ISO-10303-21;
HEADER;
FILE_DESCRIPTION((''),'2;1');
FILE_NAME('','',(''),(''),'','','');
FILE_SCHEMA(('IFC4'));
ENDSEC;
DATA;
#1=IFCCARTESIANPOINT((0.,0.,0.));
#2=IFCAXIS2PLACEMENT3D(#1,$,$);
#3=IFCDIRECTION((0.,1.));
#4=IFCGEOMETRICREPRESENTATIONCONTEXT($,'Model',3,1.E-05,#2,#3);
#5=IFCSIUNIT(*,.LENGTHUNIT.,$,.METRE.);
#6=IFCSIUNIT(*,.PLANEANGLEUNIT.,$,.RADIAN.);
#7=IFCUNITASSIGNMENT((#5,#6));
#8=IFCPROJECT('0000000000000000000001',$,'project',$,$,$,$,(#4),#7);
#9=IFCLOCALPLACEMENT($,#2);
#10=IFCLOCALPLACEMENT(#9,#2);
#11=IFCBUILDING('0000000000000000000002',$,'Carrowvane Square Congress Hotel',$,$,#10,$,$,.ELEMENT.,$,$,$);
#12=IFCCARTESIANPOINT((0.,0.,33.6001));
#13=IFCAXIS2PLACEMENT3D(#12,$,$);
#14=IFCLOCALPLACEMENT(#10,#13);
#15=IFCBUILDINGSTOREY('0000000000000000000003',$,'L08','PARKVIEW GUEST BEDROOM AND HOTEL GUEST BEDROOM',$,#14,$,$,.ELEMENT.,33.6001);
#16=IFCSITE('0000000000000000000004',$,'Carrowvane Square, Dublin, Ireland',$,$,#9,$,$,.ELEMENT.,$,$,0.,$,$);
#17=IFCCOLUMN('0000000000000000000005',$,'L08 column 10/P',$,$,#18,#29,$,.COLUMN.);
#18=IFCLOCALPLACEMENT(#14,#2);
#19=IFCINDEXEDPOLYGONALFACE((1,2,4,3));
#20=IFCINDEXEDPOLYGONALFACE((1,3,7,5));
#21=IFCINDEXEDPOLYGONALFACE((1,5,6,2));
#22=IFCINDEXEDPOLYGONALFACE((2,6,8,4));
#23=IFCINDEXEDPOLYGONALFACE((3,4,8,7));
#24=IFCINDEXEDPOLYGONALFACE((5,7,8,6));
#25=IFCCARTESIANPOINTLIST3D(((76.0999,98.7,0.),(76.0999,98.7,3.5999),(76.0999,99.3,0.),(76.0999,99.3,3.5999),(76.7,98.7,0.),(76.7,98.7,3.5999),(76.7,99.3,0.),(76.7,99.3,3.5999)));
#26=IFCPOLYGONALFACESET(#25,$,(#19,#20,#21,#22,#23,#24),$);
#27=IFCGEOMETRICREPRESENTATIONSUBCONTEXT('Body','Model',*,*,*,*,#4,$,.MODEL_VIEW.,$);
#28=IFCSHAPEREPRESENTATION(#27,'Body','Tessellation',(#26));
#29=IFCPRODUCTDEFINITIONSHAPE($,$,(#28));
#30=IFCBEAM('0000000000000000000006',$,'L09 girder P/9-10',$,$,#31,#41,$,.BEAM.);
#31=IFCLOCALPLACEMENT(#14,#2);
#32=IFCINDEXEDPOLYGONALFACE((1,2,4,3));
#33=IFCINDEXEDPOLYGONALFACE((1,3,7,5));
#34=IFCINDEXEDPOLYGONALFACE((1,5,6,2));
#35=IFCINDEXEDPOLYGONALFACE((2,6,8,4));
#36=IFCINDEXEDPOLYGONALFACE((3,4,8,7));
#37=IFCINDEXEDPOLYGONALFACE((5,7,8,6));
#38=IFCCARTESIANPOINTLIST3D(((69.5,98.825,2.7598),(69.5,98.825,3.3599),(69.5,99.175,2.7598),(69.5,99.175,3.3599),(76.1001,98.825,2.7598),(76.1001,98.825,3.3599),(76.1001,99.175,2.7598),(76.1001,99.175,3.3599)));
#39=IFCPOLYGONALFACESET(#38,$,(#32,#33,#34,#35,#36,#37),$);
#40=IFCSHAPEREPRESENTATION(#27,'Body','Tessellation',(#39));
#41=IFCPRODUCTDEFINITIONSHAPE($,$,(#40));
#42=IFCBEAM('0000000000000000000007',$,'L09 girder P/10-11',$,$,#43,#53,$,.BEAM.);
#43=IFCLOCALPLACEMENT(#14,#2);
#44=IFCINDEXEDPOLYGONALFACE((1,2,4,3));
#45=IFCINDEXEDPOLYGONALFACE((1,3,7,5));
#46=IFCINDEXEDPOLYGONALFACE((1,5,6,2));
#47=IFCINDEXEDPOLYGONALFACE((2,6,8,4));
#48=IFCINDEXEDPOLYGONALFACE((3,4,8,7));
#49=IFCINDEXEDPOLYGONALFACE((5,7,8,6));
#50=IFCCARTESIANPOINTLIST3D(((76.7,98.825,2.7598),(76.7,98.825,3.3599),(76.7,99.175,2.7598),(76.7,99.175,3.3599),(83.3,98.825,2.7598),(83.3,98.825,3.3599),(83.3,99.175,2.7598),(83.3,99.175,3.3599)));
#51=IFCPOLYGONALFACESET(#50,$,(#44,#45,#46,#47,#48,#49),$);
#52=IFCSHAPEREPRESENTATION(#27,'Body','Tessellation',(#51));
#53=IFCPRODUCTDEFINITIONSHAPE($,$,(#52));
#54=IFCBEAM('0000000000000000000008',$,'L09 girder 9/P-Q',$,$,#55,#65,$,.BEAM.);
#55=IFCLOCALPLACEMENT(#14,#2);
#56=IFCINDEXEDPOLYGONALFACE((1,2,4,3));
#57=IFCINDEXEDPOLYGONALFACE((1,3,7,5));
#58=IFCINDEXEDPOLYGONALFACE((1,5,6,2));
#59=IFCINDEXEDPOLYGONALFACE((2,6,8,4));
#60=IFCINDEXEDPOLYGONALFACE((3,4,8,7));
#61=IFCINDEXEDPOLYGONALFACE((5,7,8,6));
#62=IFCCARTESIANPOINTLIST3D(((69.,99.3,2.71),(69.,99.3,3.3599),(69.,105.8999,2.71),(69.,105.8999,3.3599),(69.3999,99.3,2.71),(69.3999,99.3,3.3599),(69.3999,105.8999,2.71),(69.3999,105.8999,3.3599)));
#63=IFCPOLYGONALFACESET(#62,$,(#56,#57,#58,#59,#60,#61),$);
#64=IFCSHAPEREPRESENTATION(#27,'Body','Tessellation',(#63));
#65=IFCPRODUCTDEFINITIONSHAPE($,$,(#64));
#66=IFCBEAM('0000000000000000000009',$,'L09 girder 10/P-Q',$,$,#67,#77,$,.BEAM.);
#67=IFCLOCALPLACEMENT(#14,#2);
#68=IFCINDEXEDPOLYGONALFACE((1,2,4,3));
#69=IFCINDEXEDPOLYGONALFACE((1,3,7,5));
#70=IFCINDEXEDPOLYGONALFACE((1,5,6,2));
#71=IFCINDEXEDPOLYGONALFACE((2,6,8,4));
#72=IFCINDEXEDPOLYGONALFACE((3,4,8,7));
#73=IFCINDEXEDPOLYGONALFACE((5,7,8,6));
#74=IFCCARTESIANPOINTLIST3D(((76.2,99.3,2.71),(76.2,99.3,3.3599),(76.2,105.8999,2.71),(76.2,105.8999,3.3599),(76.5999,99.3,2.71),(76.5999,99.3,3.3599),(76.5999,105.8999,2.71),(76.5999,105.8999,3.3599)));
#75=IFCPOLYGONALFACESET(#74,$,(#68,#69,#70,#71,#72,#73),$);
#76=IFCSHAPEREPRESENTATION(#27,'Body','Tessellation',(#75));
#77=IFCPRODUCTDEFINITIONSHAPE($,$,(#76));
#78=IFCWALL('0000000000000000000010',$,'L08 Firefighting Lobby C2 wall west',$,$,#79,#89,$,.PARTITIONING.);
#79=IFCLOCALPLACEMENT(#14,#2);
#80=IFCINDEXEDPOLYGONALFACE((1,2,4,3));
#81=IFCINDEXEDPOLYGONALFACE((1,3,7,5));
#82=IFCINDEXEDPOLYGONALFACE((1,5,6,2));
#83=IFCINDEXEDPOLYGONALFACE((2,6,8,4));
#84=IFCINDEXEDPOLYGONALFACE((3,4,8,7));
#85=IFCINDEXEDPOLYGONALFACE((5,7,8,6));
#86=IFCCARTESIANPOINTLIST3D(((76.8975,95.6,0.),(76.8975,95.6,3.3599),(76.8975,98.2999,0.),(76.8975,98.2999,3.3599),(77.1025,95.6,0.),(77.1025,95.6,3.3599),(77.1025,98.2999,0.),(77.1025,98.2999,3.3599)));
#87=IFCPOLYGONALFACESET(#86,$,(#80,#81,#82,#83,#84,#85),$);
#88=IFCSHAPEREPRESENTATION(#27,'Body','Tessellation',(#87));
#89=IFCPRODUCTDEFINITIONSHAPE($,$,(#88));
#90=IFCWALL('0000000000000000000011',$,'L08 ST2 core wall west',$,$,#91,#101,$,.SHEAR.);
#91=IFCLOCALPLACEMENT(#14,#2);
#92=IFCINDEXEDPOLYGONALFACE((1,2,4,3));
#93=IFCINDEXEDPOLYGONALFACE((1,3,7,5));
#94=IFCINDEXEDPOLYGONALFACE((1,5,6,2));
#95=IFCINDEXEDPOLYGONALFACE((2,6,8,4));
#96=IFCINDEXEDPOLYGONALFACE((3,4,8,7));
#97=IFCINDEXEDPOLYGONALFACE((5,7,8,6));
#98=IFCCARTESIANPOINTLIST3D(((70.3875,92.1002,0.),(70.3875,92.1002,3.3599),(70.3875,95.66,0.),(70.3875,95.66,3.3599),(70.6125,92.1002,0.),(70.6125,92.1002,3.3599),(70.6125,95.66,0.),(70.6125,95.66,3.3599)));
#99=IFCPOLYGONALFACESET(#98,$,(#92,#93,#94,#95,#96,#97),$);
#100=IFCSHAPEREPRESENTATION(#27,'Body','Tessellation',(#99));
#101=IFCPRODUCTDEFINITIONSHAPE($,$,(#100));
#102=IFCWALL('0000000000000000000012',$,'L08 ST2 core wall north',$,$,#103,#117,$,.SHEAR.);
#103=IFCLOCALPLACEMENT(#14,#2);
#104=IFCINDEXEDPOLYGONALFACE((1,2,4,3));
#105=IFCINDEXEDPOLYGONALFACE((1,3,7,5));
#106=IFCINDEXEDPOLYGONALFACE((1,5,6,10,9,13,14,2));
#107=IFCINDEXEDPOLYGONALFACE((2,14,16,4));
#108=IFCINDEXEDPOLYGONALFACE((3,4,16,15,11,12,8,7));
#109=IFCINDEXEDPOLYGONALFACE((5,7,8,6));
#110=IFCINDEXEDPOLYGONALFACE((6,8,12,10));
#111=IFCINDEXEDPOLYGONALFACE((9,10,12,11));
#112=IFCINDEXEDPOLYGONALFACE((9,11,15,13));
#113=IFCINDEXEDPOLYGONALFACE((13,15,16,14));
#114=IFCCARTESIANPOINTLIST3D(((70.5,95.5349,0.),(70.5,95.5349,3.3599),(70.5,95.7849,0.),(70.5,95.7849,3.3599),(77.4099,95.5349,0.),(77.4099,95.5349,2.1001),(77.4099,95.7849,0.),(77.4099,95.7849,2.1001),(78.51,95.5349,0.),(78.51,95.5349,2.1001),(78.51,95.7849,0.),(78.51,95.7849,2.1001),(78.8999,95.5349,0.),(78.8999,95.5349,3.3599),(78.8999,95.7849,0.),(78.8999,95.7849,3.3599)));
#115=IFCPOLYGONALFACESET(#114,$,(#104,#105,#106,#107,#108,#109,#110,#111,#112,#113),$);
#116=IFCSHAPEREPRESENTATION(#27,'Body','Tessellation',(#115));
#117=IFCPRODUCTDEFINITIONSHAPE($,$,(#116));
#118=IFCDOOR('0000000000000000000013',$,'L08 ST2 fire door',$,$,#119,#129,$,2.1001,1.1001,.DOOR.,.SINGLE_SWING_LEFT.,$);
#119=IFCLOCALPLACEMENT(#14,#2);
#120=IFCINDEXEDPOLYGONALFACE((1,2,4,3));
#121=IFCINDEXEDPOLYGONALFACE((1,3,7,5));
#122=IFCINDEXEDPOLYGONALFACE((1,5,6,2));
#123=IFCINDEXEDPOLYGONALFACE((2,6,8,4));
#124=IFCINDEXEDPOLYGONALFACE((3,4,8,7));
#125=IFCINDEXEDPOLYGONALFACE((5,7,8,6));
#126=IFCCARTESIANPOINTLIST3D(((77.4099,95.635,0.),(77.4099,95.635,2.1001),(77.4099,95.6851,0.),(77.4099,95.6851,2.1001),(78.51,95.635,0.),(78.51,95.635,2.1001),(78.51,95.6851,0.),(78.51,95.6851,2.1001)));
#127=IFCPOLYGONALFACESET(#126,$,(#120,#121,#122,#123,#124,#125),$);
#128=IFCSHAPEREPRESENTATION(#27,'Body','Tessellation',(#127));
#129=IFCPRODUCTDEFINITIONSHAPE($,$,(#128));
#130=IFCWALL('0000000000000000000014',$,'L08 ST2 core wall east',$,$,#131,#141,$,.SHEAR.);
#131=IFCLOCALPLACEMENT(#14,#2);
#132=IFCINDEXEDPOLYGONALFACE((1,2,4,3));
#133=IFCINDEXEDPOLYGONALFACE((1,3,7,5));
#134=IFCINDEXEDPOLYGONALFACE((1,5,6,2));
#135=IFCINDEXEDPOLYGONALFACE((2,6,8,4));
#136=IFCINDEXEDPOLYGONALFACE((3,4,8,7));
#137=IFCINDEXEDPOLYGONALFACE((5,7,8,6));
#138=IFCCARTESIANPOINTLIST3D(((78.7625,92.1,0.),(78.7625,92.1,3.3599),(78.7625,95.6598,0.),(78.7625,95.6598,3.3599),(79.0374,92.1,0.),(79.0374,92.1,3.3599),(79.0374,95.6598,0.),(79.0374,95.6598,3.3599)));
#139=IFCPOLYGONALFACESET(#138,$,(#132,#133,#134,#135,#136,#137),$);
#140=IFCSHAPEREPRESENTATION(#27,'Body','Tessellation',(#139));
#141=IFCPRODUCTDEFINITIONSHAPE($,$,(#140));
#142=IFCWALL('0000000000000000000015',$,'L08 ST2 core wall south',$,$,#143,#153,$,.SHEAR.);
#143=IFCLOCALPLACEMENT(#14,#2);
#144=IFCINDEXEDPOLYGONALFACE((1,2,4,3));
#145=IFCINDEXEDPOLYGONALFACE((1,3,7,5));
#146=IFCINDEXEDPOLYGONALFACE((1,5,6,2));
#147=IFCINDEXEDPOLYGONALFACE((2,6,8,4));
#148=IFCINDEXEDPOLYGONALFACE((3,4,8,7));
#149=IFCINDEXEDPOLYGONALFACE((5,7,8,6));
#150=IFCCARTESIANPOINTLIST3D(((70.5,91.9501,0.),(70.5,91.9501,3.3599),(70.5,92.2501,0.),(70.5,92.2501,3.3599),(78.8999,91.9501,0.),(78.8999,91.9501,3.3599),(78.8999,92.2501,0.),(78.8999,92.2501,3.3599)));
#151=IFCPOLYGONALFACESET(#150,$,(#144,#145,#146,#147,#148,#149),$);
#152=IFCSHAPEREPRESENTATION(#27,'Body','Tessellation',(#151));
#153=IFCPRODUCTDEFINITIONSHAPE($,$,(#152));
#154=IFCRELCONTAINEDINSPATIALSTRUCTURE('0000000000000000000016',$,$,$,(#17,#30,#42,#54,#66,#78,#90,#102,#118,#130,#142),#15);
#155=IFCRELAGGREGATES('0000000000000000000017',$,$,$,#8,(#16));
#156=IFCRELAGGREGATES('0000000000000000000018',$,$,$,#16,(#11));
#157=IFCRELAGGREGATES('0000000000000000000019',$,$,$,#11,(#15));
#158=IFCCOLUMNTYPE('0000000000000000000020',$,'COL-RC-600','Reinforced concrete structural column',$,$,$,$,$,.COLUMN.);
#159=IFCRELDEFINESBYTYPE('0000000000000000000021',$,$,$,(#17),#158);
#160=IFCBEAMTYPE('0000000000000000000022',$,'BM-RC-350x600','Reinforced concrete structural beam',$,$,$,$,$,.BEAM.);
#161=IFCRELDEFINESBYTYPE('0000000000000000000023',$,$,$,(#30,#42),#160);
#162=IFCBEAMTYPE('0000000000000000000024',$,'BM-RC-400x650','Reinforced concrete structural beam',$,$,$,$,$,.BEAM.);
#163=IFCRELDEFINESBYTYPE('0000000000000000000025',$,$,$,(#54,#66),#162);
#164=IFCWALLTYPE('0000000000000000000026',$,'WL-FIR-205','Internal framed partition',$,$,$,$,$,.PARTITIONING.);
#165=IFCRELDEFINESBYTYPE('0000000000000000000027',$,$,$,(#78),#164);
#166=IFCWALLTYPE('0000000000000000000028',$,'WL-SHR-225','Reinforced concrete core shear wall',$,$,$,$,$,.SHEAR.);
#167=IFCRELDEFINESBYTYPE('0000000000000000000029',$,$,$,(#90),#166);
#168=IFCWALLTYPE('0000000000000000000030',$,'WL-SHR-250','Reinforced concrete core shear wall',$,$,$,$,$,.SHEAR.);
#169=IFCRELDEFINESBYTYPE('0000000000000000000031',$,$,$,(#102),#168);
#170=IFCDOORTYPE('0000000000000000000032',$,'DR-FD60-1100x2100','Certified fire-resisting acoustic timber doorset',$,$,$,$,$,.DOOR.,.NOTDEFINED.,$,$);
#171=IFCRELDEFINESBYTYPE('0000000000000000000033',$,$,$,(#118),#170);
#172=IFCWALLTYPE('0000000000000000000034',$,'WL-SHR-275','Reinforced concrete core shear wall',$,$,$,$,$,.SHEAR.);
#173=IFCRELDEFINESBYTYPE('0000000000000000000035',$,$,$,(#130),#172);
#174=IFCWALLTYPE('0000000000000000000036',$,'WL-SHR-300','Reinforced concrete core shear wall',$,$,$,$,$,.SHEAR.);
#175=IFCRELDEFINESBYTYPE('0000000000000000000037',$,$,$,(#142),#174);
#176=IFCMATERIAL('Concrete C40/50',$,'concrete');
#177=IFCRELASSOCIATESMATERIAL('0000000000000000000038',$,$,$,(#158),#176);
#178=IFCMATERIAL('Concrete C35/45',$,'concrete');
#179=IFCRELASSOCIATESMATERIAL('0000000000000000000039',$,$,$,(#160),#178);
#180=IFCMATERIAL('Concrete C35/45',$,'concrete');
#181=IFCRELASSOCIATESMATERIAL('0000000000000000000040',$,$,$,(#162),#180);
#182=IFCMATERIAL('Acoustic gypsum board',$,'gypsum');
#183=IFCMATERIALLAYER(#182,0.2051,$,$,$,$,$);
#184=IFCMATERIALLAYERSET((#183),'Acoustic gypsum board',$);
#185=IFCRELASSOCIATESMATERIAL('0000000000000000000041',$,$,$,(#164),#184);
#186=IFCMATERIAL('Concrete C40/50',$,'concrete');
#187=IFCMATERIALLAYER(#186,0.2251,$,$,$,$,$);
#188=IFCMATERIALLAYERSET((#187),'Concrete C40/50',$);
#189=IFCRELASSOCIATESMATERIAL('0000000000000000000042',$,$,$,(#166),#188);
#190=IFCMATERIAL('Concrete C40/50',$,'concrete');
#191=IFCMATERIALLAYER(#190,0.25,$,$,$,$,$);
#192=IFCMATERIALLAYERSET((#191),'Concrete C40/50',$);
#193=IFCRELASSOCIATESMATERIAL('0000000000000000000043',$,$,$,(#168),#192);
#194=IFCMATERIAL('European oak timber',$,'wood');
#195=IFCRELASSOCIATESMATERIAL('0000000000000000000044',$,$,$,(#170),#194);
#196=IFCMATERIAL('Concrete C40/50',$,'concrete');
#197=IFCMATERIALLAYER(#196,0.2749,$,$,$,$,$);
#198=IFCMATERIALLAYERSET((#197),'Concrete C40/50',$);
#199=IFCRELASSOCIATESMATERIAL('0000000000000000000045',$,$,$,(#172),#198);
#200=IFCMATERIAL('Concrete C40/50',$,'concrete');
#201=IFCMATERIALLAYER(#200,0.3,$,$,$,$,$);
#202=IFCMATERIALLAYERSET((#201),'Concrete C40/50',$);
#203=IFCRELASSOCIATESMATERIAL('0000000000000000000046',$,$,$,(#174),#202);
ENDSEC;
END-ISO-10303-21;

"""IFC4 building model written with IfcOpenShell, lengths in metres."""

from ifc_helpers import new_model, si_unit, direction, frame, frame_2d, origin, origin_2d, place, context, subcontext, project, spatial, rectangle, extrude, material, layer, layer_set, material_profile, profile_set, type_object, element, fill, save


model = new_model("IFC4")

# Units and contexts
model_context = context("Model", 3, precision=1e-05, world=origin(), true_north=direction((0.0, 1.0)))
body_context = subcontext(model_context, "Body", "Model", "MODEL_VIEW")
ifc_project = project(units=[si_unit("LENGTHUNIT", "METRE"), si_unit("PLANEANGLEUNIT", "RADIAN")], contexts=[model_context])

# Site, building, storey
site_placement = place(None, origin())
site = spatial("IfcSite", under=ifc_project, at=site_placement, Name="Carrowvane Square, Dublin, Ireland", CompositionType="ELEMENT", RefElevation=0.0)
building_placement = place(site_placement, origin())
building = spatial("IfcBuilding", under=site, at=building_placement, Name="Carrowvane Square Congress Hotel", CompositionType="ELEMENT")
storey_placement = place(building_placement, frame((0.0, 0.0, 33.6001)))
storey = spatial("IfcBuildingStorey", under=building, at=storey_placement, Name="L08", Description="PARKVIEW GUEST BEDROOM AND HOTEL GUEST BEDROOM", CompositionType="ELEMENT", Elevation=33.6001)

# Column
ifc_material_1 = material(Name="Concrete C40/50", Category="concrete")
ifc_material_profile_1 = material_profile(ifc_material_1, rectangle(XDim=0.6001, YDim=0.6001, at=origin_2d()), Name="RC 600x600")
ifc_profile_set_1 = profile_set([ifc_material_profile_1], Name="Concrete C40/50")
column_type = type_object("IfcColumnType", Name="COL-RC-600", Description="Reinforced concrete structural column", PredefinedType="COLUMN", material=ifc_profile_set_1)
column_placement = place(storey_placement, frame((76.3999, 99.0, 0.0), z_axis=(0.0, 0.0, 1.0), x_axis=(1.0, 0.0, 0.0)))
element("IfcColumn", 1, at=column_placement, inside=storey, type_object=column_type, Name="L08 column 10/P", PredefinedType="COLUMN", context=body_context, shape_type="SweptSolid", body=[
    extrude(rectangle(XDim=0.6001, YDim=0.6001, at=origin_2d()), origin(), (0.0, 0.0, 1.0), 3.5999),
])

# Beams
ifc_material_2 = material(Name="Concrete C35/45", Category="concrete")
ifc_material_profile_2 = material_profile(ifc_material_2, rectangle(XDim=0.3501, YDim=0.6001, at=origin_2d()), Name="RC 350x600")
ifc_profile_set_2 = profile_set([ifc_material_profile_2], Name="Concrete C35/45")
beam_type_1 = type_object("IfcBeamType", Name="BM-RC-350x600", Description="Reinforced concrete structural beam", PredefinedType="BEAM", material=ifc_profile_set_2)
for number, where, z_axis, x_axis, name in (
    (2, (69.5, 99.0, 3.0598), (1.0, 0.0, 0.0), (0.0, 1.0, 0.0), "L09 girder P/9-10"),
    (3, (76.7, 99.0, 3.0598), (1.0, 0.0, 0.0), (0.0, 1.0, 0.0), "L09 girder P/10-11"),
):
    element("IfcBeam", number, at=place(storey_placement, frame(where, z_axis=z_axis, x_axis=x_axis)), inside=storey, type_object=beam_type_1, Name=name, PredefinedType="BEAM", context=body_context, shape_type="SweptSolid", body=[
        extrude(rectangle(XDim=0.3501, YDim=0.6001, at=origin_2d()), origin(), (0.0, 0.0, 1.0), 6.6001),
    ])
ifc_material_3 = material(Name="Concrete C35/45", Category="concrete")
ifc_material_profile_3 = material_profile(ifc_material_3, rectangle(XDim=0.3999, YDim=0.6499, at=origin_2d()), Name="RC 400x650")
ifc_profile_set_3 = profile_set([ifc_material_profile_3], Name="Concrete C35/45")
beam_type_2 = type_object("IfcBeamType", Name="BM-RC-400x650", Description="Reinforced concrete structural beam", PredefinedType="BEAM", material=ifc_profile_set_3)
for number, where, z_axis, x_axis, name in (
    (4, (69.2, 99.3, 3.0349), (0.0, 1.0, 0.0), (-1.0, 0.0, 0.0), "L09 girder 9/P-Q"),
    (5, (76.3999, 99.3, 3.0349), (0.0, 1.0, 0.0), (-1.0, 0.0, 0.0), "L09 girder 10/P-Q"),
):
    element("IfcBeam", number, at=place(storey_placement, frame(where, z_axis=z_axis, x_axis=x_axis)), inside=storey, type_object=beam_type_2, Name=name, PredefinedType="BEAM", context=body_context, shape_type="SweptSolid", body=[
        extrude(rectangle(XDim=0.3999, YDim=0.6499, at=origin_2d()), origin(), (0.0, 0.0, 1.0), 6.5999),
    ])

# Walls
ifc_material_4 = material(Name="Acoustic gypsum board", Category="gypsum")
ifc_layer_1 = layer(ifc_material_4, 0.2051)
ifc_layer_set_1 = layer_set([ifc_layer_1], Name="Acoustic gypsum board")
wall_type_1 = type_object("IfcWallType", Name="WL-FIR-205", Description="Internal framed partition", PredefinedType="PARTITIONING", material=ifc_layer_set_1)
wall_1_placement = place(storey_placement, frame((77.0, 98.3, 0.0), z_axis=(0.0, 0.0, 1.0), x_axis=(0.0, -1.0, 0.0)))
element("IfcWall", 6, at=wall_1_placement, inside=storey, type_object=wall_type_1, Name="L08 Firefighting Lobby C2 wall west", PredefinedType="PARTITIONING", context=body_context, shape_type="SweptSolid", body=[
    extrude(rectangle(XDim=2.7, YDim=0.2051, at=frame_2d((1.3501, 0.0))), origin(), (0.0, 0.0, 1.0), 3.3599),
])
ifc_material_5 = material(Name="Concrete C40/50", Category="concrete")
ifc_layer_2 = layer(ifc_material_5, 0.2251)
ifc_layer_set_2 = layer_set([ifc_layer_2], Name="Concrete C40/50")
wall_type_2 = type_object("IfcWallType", Name="WL-SHR-225", Description="Reinforced concrete core shear wall", PredefinedType="SHEAR", material=ifc_layer_set_2)
wall_2_placement = place(storey_placement, frame((70.5, 95.6599, 0.0), z_axis=(0.0, 0.0, 1.0), x_axis=(0.0, -1.0, 0.0)))
element("IfcWall", 7, at=wall_2_placement, inside=storey, type_object=wall_type_2, Name="L08 ST2 core wall west", PredefinedType="SHEAR", context=body_context, shape_type="SweptSolid", body=[
    extrude(rectangle(XDim=3.5598, YDim=0.2251, at=frame_2d((1.7798, 0.0))), origin(), (0.0, 0.0, 1.0), 3.3599),
])

# Wall, opening, door
ifc_material_6 = material(Name="Concrete C40/50", Category="concrete")
ifc_layer_3 = layer(ifc_material_6, 0.25)
ifc_layer_set_3 = layer_set([ifc_layer_3], Name="Concrete C40/50")
wall_type_3 = type_object("IfcWallType", Name="WL-SHR-250", Description="Reinforced concrete core shear wall", PredefinedType="SHEAR", material=ifc_layer_set_3)
wall_3_placement = place(storey_placement, frame((78.8999, 95.6599, 0.0), z_axis=(0.0, 0.0, 1.0), x_axis=(-1.0, 0.0, 0.0)))
wall_3 = element("IfcWall", 8, at=wall_3_placement, inside=storey, type_object=wall_type_3, Name="L08 ST2 core wall north", PredefinedType="SHEAR", context=body_context, shape_type="SweptSolid", body=[
    extrude(rectangle(XDim=8.3999, YDim=0.25, at=frame_2d((4.2, 0.0))), origin(), (0.0, 0.0, 1.0), 3.3599),
])
opening_placement = place(wall_3_placement, frame((0.3899, 0.0, 0.0)))
opening = element("IfcOpeningElement", 9, at=opening_placement, cuts=wall_3, PredefinedType="OPENING", context=body_context, shape_type="SweptSolid", body=[
    extrude(rectangle(XDim=1.1001, YDim=2.1001, at=frame_2d((0.55, 1.05))), frame((0.0, 0.135, 0.0), z_axis=(0.0, -1.0, 0.0), x_axis=(1.0, 0.0, 0.0)), (0.0, 0.0, 1.0), 0.27),
])
ifc_material_7 = material(Name="European oak timber", Category="wood")
door_type = type_object("IfcDoorType", Name="DR-FD60-1100x2100", Description="Certified fire-resisting acoustic timber doorset", OperationType="NOTDEFINED", PredefinedType="DOOR", material=ifc_material_7)
door_placement = place(opening_placement, origin())
door = element("IfcDoor", 10, at=door_placement, inside=storey, type_object=door_type, Name="L08 ST2 fire door", OperationType="SINGLE_SWING_LEFT", OverallHeight=2.1001, OverallWidth=1.1001, PredefinedType="DOOR", context=body_context, shape_type="SweptSolid", body=[
    extrude(rectangle(XDim=1.1001, YDim=2.1001, at=frame_2d((0.55, 1.05))), frame((0.0, 0.0249, 0.0), z_axis=(0.0, -1.0, 0.0), x_axis=(1.0, 0.0, 0.0)), (0.0, 0.0, 1.0), 0.05),
])
fill(opening, door)

# Walls
ifc_material_8 = material(Name="Concrete C40/50", Category="concrete")
ifc_layer_4 = layer(ifc_material_8, 0.2749)
ifc_layer_set_4 = layer_set([ifc_layer_4], Name="Concrete C40/50")
wall_type_4 = type_object("IfcWallType", Name="WL-SHR-275", Description="Reinforced concrete core shear wall", PredefinedType="SHEAR", material=ifc_layer_set_4)
wall_4_placement = place(storey_placement, frame((78.8999, 92.1001, 0.0), z_axis=(0.0, 0.0, 1.0), x_axis=(0.0, 1.0, 0.0)))
element("IfcWall", 11, at=wall_4_placement, inside=storey, type_object=wall_type_4, Name="L08 ST2 core wall east", PredefinedType="SHEAR", context=body_context, shape_type="SweptSolid", body=[
    extrude(rectangle(XDim=3.5598, YDim=0.2749, at=frame_2d((1.7798, 0.0))), origin(), (0.0, 0.0, 1.0), 3.3599),
])
ifc_material_9 = material(Name="Concrete C40/50", Category="concrete")
ifc_layer_5 = layer(ifc_material_9, 0.3)
ifc_layer_set_5 = layer_set([ifc_layer_5], Name="Concrete C40/50")
wall_type_5 = type_object("IfcWallType", Name="WL-SHR-300", Description="Reinforced concrete core shear wall", PredefinedType="SHEAR", material=ifc_layer_set_5)
wall_5_placement = place(storey_placement, frame((70.5, 92.1001, 0.0), z_axis=(0.0, 0.0, 1.0), x_axis=(1.0, 0.0, 0.0)))
element("IfcWall", 12, at=wall_5_placement, inside=storey, type_object=wall_type_5, Name="L08 ST2 core wall south", PredefinedType="SHEAR", context=body_context, shape_type="SweptSolid", body=[
    extrude(rectangle(XDim=8.3999, YDim=0.3, at=frame_2d((4.2, 0.0))), origin(), (0.0, 0.0, 1.0), 3.3599),
])

save(model, "model.ifc")
